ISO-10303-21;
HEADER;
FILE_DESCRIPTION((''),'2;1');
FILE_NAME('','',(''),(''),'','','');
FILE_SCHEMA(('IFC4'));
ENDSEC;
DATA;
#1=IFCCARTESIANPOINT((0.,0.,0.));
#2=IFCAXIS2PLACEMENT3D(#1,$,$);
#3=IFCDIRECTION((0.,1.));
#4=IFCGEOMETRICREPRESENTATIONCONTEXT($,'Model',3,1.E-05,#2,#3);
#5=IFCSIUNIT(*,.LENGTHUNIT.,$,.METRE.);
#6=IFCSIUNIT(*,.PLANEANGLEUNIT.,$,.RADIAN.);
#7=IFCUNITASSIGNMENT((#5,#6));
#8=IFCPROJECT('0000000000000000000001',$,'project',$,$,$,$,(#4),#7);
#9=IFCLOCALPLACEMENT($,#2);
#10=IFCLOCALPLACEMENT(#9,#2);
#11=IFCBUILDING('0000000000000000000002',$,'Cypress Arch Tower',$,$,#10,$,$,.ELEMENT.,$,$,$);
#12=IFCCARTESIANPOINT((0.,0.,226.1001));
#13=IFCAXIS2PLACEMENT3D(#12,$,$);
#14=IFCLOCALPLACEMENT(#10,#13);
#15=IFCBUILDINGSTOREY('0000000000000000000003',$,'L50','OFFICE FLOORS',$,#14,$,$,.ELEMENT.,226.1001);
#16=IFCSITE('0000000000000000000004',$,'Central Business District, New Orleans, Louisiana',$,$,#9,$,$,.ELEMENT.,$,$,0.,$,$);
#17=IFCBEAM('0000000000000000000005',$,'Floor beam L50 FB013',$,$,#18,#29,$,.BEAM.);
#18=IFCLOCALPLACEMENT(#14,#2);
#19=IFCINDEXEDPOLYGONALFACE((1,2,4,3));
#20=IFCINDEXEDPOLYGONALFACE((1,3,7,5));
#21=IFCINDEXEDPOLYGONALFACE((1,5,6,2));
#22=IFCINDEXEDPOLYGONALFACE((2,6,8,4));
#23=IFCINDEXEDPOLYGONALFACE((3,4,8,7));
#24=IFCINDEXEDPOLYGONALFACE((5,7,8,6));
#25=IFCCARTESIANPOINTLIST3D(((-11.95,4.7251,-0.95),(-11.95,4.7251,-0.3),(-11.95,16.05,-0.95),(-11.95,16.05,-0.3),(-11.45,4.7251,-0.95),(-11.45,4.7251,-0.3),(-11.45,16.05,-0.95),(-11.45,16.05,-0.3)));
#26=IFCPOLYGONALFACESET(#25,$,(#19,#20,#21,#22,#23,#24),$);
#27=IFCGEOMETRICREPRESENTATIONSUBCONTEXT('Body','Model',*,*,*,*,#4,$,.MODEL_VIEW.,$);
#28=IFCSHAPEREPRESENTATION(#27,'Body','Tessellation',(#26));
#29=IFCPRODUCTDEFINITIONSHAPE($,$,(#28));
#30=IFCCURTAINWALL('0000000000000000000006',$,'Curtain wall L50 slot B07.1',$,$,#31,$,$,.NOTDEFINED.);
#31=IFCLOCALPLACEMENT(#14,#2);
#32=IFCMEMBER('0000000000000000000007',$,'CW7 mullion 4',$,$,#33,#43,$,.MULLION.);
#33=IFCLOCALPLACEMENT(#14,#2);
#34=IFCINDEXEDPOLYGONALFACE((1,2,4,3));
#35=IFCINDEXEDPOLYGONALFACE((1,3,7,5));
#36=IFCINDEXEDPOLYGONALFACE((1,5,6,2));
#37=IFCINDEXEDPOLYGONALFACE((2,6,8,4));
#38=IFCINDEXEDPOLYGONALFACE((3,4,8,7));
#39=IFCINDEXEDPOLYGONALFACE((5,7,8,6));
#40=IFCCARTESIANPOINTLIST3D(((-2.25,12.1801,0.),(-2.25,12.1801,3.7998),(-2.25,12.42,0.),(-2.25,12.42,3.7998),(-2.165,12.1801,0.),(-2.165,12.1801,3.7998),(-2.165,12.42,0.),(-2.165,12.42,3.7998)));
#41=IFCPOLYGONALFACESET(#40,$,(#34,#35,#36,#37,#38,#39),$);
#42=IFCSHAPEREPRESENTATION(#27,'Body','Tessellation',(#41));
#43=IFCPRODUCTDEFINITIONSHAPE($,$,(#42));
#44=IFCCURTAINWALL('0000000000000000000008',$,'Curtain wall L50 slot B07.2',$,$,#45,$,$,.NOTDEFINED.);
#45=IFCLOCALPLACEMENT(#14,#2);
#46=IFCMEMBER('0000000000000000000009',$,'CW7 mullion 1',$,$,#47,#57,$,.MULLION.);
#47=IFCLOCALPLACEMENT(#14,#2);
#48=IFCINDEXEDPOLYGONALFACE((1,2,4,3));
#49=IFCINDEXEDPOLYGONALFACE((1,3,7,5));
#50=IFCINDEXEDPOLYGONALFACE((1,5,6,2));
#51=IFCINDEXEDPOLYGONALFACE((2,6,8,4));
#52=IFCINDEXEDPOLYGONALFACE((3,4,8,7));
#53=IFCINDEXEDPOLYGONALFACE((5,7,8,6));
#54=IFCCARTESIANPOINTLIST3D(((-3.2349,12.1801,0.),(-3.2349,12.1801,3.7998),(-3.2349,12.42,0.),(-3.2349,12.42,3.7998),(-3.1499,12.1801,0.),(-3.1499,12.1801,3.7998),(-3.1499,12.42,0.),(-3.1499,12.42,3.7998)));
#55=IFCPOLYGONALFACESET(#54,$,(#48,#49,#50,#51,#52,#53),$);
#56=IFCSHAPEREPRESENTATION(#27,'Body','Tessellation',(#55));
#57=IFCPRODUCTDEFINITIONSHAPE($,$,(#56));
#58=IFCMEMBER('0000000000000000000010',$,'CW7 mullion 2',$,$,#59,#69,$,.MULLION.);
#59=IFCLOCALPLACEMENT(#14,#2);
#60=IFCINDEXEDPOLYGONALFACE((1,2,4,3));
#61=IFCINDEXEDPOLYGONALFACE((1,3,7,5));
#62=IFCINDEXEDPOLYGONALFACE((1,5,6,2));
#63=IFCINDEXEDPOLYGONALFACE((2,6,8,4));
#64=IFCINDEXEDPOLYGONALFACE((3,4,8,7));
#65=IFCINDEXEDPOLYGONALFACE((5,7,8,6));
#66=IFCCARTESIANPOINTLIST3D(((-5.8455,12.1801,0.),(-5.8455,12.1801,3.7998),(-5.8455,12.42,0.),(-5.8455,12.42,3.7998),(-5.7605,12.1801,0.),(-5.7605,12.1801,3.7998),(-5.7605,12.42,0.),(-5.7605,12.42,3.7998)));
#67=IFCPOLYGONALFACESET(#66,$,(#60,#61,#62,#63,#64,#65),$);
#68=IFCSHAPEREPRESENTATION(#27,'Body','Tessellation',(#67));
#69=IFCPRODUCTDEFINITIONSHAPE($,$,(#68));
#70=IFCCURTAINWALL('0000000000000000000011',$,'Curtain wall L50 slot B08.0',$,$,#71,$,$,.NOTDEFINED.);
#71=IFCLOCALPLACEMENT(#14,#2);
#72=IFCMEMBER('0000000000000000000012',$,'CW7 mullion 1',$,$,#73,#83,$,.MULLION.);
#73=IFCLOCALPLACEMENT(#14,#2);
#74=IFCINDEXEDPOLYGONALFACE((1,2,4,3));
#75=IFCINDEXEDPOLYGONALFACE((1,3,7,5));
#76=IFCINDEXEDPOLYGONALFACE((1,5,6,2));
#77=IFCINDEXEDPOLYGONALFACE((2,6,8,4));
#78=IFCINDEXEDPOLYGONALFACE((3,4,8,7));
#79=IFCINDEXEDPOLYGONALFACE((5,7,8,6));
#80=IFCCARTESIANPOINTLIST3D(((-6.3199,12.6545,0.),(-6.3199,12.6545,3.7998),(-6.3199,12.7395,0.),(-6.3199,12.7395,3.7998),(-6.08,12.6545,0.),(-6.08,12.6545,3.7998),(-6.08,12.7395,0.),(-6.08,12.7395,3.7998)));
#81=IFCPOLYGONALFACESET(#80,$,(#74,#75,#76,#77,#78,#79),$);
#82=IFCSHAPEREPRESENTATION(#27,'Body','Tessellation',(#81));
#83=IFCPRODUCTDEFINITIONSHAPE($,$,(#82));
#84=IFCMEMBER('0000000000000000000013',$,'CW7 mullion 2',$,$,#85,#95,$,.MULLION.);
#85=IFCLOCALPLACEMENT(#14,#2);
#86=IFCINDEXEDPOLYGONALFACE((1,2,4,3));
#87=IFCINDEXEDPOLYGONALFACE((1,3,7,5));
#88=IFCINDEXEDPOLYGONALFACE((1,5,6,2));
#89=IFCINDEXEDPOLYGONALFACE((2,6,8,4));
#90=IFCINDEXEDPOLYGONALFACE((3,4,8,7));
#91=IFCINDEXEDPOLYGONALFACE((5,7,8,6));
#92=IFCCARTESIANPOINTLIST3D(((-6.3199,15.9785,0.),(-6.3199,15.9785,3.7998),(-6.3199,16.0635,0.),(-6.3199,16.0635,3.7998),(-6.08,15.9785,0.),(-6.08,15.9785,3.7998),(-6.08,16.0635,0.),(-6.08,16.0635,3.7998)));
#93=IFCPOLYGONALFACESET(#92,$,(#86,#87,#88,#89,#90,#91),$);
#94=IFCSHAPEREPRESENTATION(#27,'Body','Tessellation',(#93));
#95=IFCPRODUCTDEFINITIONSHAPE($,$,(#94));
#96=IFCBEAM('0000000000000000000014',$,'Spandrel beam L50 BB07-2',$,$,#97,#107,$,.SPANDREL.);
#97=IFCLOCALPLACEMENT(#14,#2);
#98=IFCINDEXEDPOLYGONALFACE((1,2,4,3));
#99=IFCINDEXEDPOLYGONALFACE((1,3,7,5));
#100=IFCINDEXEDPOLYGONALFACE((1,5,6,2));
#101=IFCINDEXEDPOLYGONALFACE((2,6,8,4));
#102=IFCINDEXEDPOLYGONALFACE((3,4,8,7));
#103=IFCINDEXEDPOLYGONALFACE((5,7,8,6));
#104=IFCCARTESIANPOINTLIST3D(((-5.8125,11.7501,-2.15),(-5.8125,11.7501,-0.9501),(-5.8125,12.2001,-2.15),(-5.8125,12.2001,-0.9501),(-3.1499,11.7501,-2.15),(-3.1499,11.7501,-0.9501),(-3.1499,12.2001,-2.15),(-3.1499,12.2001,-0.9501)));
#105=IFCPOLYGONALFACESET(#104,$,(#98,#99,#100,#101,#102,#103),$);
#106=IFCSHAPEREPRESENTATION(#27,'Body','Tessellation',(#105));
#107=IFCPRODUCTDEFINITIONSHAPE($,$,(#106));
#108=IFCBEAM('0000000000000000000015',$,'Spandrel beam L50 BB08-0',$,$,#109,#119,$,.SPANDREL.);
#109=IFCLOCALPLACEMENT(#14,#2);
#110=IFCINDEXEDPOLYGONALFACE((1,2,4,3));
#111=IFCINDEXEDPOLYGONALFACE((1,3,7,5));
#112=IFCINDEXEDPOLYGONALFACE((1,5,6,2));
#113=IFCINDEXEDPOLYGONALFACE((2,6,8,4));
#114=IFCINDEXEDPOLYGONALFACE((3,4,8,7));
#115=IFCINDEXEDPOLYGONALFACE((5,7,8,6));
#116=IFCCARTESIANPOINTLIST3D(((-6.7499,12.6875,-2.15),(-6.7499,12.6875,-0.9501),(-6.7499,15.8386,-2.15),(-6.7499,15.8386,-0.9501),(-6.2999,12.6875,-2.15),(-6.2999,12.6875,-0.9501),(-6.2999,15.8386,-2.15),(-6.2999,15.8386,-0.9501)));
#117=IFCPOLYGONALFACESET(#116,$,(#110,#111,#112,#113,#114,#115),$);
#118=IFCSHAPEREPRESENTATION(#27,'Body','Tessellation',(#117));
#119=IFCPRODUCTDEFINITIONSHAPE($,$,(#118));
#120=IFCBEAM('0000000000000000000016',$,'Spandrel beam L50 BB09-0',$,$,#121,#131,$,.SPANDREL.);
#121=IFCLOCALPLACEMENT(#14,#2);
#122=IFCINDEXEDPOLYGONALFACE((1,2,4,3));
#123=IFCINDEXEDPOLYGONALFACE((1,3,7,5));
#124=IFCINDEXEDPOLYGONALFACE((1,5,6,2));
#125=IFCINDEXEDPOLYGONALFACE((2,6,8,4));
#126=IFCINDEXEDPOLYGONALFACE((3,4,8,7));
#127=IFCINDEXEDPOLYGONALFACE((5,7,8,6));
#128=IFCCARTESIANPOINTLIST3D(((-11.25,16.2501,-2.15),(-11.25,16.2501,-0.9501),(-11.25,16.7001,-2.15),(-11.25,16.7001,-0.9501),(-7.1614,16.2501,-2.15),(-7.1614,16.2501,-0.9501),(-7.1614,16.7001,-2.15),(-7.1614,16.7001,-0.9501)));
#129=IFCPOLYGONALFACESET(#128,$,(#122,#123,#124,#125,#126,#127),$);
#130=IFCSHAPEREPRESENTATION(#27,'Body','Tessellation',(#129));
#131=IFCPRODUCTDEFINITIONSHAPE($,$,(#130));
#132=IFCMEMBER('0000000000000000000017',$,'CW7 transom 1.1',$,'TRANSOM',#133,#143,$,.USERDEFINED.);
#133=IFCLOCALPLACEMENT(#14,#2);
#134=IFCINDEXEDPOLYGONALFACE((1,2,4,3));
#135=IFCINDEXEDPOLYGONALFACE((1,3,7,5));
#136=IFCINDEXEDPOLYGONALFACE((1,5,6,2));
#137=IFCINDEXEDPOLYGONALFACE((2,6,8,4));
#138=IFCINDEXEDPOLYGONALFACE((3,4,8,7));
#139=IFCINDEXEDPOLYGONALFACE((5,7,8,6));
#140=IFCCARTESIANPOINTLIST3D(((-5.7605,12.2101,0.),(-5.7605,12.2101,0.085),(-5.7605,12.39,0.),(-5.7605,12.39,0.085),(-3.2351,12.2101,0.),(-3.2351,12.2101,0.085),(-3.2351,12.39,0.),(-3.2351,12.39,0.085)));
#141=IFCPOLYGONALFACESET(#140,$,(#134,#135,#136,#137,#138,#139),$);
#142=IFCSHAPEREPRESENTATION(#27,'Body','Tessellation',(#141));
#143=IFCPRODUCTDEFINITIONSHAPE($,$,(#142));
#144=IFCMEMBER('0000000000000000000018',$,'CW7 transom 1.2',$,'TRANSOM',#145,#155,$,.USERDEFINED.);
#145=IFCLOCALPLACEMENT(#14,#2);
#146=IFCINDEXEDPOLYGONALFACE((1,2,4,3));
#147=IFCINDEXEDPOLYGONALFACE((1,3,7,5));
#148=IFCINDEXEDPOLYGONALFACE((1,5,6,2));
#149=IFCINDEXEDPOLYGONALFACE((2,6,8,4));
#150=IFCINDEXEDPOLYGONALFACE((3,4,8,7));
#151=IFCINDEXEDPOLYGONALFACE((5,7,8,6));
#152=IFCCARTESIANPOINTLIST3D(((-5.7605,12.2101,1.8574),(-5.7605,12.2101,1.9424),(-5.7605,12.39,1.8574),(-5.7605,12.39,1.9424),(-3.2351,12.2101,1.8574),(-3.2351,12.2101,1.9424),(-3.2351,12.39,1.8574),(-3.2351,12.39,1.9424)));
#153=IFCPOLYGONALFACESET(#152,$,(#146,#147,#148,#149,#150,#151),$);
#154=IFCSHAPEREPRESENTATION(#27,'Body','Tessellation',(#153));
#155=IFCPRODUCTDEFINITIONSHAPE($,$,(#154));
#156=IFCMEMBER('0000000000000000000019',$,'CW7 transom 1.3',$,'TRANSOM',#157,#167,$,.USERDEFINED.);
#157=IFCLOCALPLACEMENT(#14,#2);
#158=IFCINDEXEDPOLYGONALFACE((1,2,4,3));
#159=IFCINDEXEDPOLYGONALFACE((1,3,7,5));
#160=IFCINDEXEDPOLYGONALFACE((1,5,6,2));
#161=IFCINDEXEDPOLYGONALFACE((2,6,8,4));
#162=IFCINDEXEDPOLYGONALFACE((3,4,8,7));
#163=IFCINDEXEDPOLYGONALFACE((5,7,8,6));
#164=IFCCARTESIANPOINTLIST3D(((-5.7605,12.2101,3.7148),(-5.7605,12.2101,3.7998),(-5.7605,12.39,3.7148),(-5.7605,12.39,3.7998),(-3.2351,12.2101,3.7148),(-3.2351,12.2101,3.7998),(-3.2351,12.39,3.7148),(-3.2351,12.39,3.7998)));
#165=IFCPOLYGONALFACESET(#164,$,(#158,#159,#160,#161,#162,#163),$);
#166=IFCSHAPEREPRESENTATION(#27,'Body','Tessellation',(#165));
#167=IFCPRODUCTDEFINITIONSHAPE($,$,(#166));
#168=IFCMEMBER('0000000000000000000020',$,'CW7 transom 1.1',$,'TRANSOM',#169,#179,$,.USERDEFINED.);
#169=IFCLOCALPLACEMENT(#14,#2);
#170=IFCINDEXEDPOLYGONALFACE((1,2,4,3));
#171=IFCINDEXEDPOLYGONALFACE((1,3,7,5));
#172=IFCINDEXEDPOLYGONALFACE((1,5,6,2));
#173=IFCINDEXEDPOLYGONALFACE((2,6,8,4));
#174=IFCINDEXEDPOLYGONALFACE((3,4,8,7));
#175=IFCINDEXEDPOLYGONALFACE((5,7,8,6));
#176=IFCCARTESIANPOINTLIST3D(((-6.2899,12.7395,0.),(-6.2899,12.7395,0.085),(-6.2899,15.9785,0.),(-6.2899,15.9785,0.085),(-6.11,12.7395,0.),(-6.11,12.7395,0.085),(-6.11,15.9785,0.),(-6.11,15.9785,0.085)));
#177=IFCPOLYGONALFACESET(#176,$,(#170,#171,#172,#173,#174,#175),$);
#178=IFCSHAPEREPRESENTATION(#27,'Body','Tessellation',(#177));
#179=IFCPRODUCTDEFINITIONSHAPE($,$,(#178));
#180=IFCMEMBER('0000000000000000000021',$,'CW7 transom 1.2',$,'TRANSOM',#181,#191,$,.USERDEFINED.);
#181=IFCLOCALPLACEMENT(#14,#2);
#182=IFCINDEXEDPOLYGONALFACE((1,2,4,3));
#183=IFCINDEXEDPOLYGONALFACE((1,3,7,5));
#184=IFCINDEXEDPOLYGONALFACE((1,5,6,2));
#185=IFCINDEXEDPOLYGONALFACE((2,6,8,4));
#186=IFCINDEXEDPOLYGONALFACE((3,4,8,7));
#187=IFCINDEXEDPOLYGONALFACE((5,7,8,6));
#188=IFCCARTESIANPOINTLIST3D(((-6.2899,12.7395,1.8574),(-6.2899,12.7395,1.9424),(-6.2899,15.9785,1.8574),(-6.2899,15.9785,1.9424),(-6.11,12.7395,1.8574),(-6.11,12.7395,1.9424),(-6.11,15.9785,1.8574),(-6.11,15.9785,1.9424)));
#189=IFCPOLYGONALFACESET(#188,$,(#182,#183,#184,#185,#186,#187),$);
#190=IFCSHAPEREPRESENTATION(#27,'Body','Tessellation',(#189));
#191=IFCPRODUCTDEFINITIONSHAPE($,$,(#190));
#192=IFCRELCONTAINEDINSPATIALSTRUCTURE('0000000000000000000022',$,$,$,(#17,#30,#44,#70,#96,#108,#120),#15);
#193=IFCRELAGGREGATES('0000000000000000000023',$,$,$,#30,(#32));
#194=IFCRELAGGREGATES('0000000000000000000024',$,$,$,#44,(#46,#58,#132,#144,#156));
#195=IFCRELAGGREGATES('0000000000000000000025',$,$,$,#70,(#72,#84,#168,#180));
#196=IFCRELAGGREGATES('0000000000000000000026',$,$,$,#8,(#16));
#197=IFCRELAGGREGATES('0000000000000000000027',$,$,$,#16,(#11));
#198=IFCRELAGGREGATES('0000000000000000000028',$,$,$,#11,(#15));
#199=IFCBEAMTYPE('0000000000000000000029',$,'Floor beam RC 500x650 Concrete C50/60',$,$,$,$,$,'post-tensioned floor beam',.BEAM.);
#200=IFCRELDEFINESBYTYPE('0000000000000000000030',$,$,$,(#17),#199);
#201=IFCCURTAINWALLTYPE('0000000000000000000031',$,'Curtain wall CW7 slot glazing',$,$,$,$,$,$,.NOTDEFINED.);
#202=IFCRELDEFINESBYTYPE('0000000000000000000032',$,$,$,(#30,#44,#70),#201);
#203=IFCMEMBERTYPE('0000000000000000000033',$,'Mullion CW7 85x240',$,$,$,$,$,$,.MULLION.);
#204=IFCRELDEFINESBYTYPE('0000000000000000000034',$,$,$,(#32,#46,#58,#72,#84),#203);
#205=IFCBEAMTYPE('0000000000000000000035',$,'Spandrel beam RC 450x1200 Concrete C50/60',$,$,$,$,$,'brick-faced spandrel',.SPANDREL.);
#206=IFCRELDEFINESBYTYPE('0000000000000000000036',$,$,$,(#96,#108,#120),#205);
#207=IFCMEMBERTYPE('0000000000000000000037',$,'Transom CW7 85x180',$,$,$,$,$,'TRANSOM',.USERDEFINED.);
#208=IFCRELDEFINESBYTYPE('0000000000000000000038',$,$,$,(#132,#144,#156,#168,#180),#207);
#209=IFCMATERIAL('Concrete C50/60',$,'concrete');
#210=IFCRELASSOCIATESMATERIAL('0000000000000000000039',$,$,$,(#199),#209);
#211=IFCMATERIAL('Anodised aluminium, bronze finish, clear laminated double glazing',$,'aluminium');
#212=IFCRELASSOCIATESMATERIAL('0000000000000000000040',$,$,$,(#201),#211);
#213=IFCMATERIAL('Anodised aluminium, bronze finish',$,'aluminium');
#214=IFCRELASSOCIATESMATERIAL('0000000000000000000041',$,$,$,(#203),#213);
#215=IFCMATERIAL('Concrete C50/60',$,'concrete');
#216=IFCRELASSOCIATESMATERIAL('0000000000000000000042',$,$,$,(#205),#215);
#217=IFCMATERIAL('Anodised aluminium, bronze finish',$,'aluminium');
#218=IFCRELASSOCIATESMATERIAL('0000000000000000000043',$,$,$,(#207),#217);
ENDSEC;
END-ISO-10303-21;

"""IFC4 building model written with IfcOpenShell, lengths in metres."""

from ifc_helpers import new_model, si_unit, direction, frame, origin, origin_2d, place, context, subcontext, project, spatial, rectangle, extrude, material, material_profile, profile_set, type_object, element, aggregate, save


model = new_model("IFC4")

# Units and contexts
model_context = context("Model", 3, precision=1e-05, world=origin(), true_north=direction((0.0, 1.0)))
body_context = subcontext(model_context, "Body", "Model", "MODEL_VIEW")
ifc_project = project(units=[si_unit("LENGTHUNIT", "METRE"), si_unit("PLANEANGLEUNIT", "RADIAN")], contexts=[model_context])

# Site, building, storey
site_placement = place(None, origin())
site = spatial("IfcSite", under=ifc_project, at=site_placement, Name="Central Business District, New Orleans, Louisiana", CompositionType="ELEMENT", RefElevation=0.0)
building_placement = place(site_placement, origin())
building = spatial("IfcBuilding", under=site, at=building_placement, Name="Cypress Arch Tower", CompositionType="ELEMENT")
storey_placement = place(building_placement, frame((0.0, 0.0, 226.1001)))
storey = spatial("IfcBuildingStorey", under=building, at=storey_placement, Name="L50", Description="OFFICE FLOORS", CompositionType="ELEMENT", Elevation=226.1001)

# Beam
ifc_material_1 = material(Name="Concrete C50/60", Category="concrete")
ifc_material_profile_1 = material_profile(ifc_material_1, rectangle(XDim=0.5, YDim=0.6499, at=origin_2d()), Name="RC 500x650")
ifc_profile_set_1 = profile_set([ifc_material_profile_1], Name="Concrete C50/60")
beam_type_1 = type_object("IfcBeamType", Name="Floor beam RC 500x650 Concrete C50/60", ElementType="post-tensioned floor beam", PredefinedType="BEAM", material=ifc_profile_set_1)
beam_1_placement = place(storey_placement, frame((-11.7, 4.7251, -0.625), z_axis=(0.0, 1.0, 0.0), x_axis=(-1.0, 0.0, 0.0)))
element("IfcBeam", 1, at=beam_1_placement, inside=storey, type_object=beam_type_1, Name="Floor beam L50 FB013", PredefinedType="BEAM", context=body_context, shape_type="SweptSolid", body=[
    extrude(rectangle(XDim=0.5, YDim=0.6499, at=origin_2d()), origin(), (0.0, 0.0, 1.0), 11.325),
])

# Curtain wall, member
ifc_material_2 = material(Name="Anodised aluminium, bronze finish, clear laminated double glazing", Category="aluminium")
curtain_wall_type = type_object("IfcCurtainWallType", Name="Curtain wall CW7 slot glazing", PredefinedType="NOTDEFINED", material=ifc_material_2)
curtain_wall_1_placement = place(storey_placement, origin())
curtain_wall_1 = element("IfcCurtainWall", 2, at=curtain_wall_1_placement, inside=storey, type_object=curtain_wall_type, Name="Curtain wall L50 slot B07.1", PredefinedType="NOTDEFINED")
ifc_material_3 = material(Name="Anodised aluminium, bronze finish", Category="aluminium")
ifc_material_profile_2 = material_profile(ifc_material_3, rectangle(XDim=0.24, YDim=0.085, at=origin_2d()), Name="Mullion 85x240")
ifc_profile_set_2 = profile_set([ifc_material_profile_2], Name="Anodised aluminium, bronze finish")
member_type_1 = type_object("IfcMemberType", Name="Mullion CW7 85x240", PredefinedType="MULLION", material=ifc_profile_set_2)
member_1_placement = place(storey_placement, frame((-2.2075, 12.3, 0.0), z_axis=(0.0, 0.0, 1.0), x_axis=(0.0, -1.0, 0.0)))
member_1 = element("IfcMember", 3, at=member_1_placement, type_object=member_type_1, Name="CW7 mullion 4", PredefinedType="MULLION", context=body_context, shape_type="SweptSolid", body=[
    extrude(rectangle(XDim=0.24, YDim=0.085, at=origin_2d()), origin(), (0.0, 0.0, 1.0), 3.7998),
])

# Curtain walls, members
curtain_wall_2_placement = place(storey_placement, origin())
curtain_wall_2 = element("IfcCurtainWall", 4, at=curtain_wall_2_placement, inside=storey, type_object=curtain_wall_type, Name="Curtain wall L50 slot B07.2", PredefinedType="NOTDEFINED")
member_2_placement = place(storey_placement, frame((-3.1924, 12.3, 0.0), z_axis=(0.0, 0.0, 1.0), x_axis=(0.0, -1.0, 0.0)))
member_2 = element("IfcMember", 5, at=member_2_placement, type_object=member_type_1, Name="CW7 mullion 1", PredefinedType="MULLION", context=body_context, shape_type="SweptSolid", body=[
    extrude(rectangle(XDim=0.24, YDim=0.085, at=origin_2d()), origin(), (0.0, 0.0, 1.0), 3.7998),
])
member_3_placement = place(storey_placement, frame((-5.803, 12.3, 0.0), z_axis=(0.0, 0.0, 1.0), x_axis=(0.0, -1.0, 0.0)))
member_3 = element("IfcMember", 6, at=member_3_placement, type_object=member_type_1, Name="CW7 mullion 2", PredefinedType="MULLION", context=body_context, shape_type="SweptSolid", body=[
    extrude(rectangle(XDim=0.24, YDim=0.085, at=origin_2d()), origin(), (0.0, 0.0, 1.0), 3.7998),
])
curtain_wall_3_placement = place(storey_placement, origin())
curtain_wall_3 = element("IfcCurtainWall", 7, at=curtain_wall_3_placement, inside=storey, type_object=curtain_wall_type, Name="Curtain wall L50 slot B08.0", PredefinedType="NOTDEFINED")
member_4_placement = place(storey_placement, frame((-6.2, 12.697, 0.0), z_axis=(0.0, 0.0, 1.0), x_axis=(-1.0, 0.0, 0.0)))
member_4 = element("IfcMember", 8, at=member_4_placement, type_object=member_type_1, Name="CW7 mullion 1", PredefinedType="MULLION", context=body_context, shape_type="SweptSolid", body=[
    extrude(rectangle(XDim=0.24, YDim=0.085, at=origin_2d()), origin(), (0.0, 0.0, 1.0), 3.7998),
])
member_5_placement = place(storey_placement, frame((-6.2, 16.021, 0.0), z_axis=(0.0, 0.0, 1.0), x_axis=(-1.0, 0.0, 0.0)))
member_5 = element("IfcMember", 9, at=member_5_placement, type_object=member_type_1, Name="CW7 mullion 2", PredefinedType="MULLION", context=body_context, shape_type="SweptSolid", body=[
    extrude(rectangle(XDim=0.24, YDim=0.085, at=origin_2d()), origin(), (0.0, 0.0, 1.0), 3.7998),
])

# Beams
ifc_material_4 = material(Name="Concrete C50/60", Category="concrete")
ifc_material_profile_3 = material_profile(ifc_material_4, rectangle(XDim=0.45, YDim=1.2, at=origin_2d()), Name="RC 450x1200")
ifc_profile_set_3 = profile_set([ifc_material_profile_3], Name="Concrete C50/60")
beam_type_2 = type_object("IfcBeamType", Name="Spandrel beam RC 450x1200 Concrete C50/60", ElementType="brick-faced spandrel", PredefinedType="SPANDREL", material=ifc_profile_set_3)
beam_2_placement = place(storey_placement, frame((-3.1499, 11.9751, -1.55), z_axis=(-1.0, 0.0, 0.0), x_axis=(0.0, -1.0, 0.0)))
element("IfcBeam", 10, at=beam_2_placement, inside=storey, type_object=beam_type_2, Name="Spandrel beam L50 BB07-2", PredefinedType="SPANDREL", context=body_context, shape_type="SweptSolid", body=[
    extrude(rectangle(XDim=0.45, YDim=1.2, at=origin_2d()), origin(), (0.0, 0.0, 1.0), 2.6626),
])
beam_3_placement = place(storey_placement, frame((-6.5249, 12.6875, -1.55), z_axis=(0.0, 1.0, 0.0), x_axis=(-1.0, 0.0, 0.0)))
element("IfcBeam", 11, at=beam_3_placement, inside=storey, type_object=beam_type_2, Name="Spandrel beam L50 BB08-0", PredefinedType="SPANDREL", context=body_context, shape_type="SweptSolid", body=[
    extrude(rectangle(XDim=0.45, YDim=1.2, at=origin_2d()), origin(), (0.0, 0.0, 1.0), 3.1511),
])
beam_4_placement = place(storey_placement, frame((-7.1614, 16.4751, -1.55), z_axis=(-1.0, 0.0, 0.0), x_axis=(0.0, -1.0, 0.0)))
element("IfcBeam", 12, at=beam_4_placement, inside=storey, type_object=beam_type_2, Name="Spandrel beam L50 BB09-0", PredefinedType="SPANDREL", context=body_context, shape_type="SweptSolid", body=[
    extrude(rectangle(XDim=0.45, YDim=1.2, at=origin_2d()), origin(), (0.0, 0.0, 1.0), 4.0886),
])

# Members
ifc_material_5 = material(Name="Anodised aluminium, bronze finish", Category="aluminium")
ifc_material_profile_4 = material_profile(ifc_material_5, rectangle(XDim=0.1799, YDim=0.085, at=origin_2d()), Name="Transom 85x180")
ifc_profile_set_4 = profile_set([ifc_material_profile_4], Name="Anodised aluminium, bronze finish")
member_type_2 = type_object("IfcMemberType", Name="Transom CW7 85x180", ElementType="TRANSOM", PredefinedType="USERDEFINED", material=ifc_profile_set_4)
member_6_placement = place(storey_placement, frame((-3.2351, 12.3, 0.0425), z_axis=(-1.0, 0.0, 0.0), x_axis=(0.0, -1.0, 0.0)))
member_6 = element("IfcMember", 13, at=member_6_placement, type_object=member_type_2, Name="CW7 transom 1.1", ObjectType="TRANSOM", PredefinedType="USERDEFINED", context=body_context, shape_type="SweptSolid", body=[
    extrude(rectangle(XDim=0.1799, YDim=0.085, at=origin_2d()), origin(), (0.0, 0.0, 1.0), 2.5254),
])
member_7_placement = place(storey_placement, frame((-3.2351, 12.3, 1.8999), z_axis=(-1.0, 0.0, 0.0), x_axis=(0.0, -1.0, 0.0)))
member_7 = element("IfcMember", 14, at=member_7_placement, type_object=member_type_2, Name="CW7 transom 1.2", ObjectType="TRANSOM", PredefinedType="USERDEFINED", context=body_context, shape_type="SweptSolid", body=[
    extrude(rectangle(XDim=0.1799, YDim=0.085, at=origin_2d()), origin(), (0.0, 0.0, 1.0), 2.5254),
])
member_8_placement = place(storey_placement, frame((-3.2351, 12.3, 3.7573), z_axis=(-1.0, 0.0, 0.0), x_axis=(0.0, -1.0, 0.0)))
member_8 = element("IfcMember", 15, at=member_8_placement, type_object=member_type_2, Name="CW7 transom 1.3", ObjectType="TRANSOM", PredefinedType="USERDEFINED", context=body_context, shape_type="SweptSolid", body=[
    extrude(rectangle(XDim=0.1799, YDim=0.085, at=origin_2d()), origin(), (0.0, 0.0, 1.0), 2.5254),
])
member_9_placement = place(storey_placement, frame((-6.2, 12.7395, 0.0425), z_axis=(0.0, 1.0, 0.0), x_axis=(-1.0, 0.0, 0.0)))
member_9 = element("IfcMember", 16, at=member_9_placement, type_object=member_type_2, Name="CW7 transom 1.1", ObjectType="TRANSOM", PredefinedType="USERDEFINED", context=body_context, shape_type="SweptSolid", body=[
    extrude(rectangle(XDim=0.1799, YDim=0.085, at=origin_2d()), origin(), (0.0, 0.0, 1.0), 3.239),
])
member_10_placement = place(storey_placement, frame((-6.2, 12.7395, 1.8999), z_axis=(0.0, 1.0, 0.0), x_axis=(-1.0, 0.0, 0.0)))
member_10 = element("IfcMember", 17, at=member_10_placement, type_object=member_type_2, Name="CW7 transom 1.2", ObjectType="TRANSOM", PredefinedType="USERDEFINED", context=body_context, shape_type="SweptSolid", body=[
    extrude(rectangle(XDim=0.1799, YDim=0.085, at=origin_2d()), origin(), (0.0, 0.0, 1.0), 3.239),
])

aggregate(curtain_wall_1, [member_1])
aggregate(curtain_wall_2, [member_2, member_3, member_6, member_7, member_8])
aggregate(curtain_wall_3, [member_4, member_5, member_9, member_10])

save(model, "model.ifc")
